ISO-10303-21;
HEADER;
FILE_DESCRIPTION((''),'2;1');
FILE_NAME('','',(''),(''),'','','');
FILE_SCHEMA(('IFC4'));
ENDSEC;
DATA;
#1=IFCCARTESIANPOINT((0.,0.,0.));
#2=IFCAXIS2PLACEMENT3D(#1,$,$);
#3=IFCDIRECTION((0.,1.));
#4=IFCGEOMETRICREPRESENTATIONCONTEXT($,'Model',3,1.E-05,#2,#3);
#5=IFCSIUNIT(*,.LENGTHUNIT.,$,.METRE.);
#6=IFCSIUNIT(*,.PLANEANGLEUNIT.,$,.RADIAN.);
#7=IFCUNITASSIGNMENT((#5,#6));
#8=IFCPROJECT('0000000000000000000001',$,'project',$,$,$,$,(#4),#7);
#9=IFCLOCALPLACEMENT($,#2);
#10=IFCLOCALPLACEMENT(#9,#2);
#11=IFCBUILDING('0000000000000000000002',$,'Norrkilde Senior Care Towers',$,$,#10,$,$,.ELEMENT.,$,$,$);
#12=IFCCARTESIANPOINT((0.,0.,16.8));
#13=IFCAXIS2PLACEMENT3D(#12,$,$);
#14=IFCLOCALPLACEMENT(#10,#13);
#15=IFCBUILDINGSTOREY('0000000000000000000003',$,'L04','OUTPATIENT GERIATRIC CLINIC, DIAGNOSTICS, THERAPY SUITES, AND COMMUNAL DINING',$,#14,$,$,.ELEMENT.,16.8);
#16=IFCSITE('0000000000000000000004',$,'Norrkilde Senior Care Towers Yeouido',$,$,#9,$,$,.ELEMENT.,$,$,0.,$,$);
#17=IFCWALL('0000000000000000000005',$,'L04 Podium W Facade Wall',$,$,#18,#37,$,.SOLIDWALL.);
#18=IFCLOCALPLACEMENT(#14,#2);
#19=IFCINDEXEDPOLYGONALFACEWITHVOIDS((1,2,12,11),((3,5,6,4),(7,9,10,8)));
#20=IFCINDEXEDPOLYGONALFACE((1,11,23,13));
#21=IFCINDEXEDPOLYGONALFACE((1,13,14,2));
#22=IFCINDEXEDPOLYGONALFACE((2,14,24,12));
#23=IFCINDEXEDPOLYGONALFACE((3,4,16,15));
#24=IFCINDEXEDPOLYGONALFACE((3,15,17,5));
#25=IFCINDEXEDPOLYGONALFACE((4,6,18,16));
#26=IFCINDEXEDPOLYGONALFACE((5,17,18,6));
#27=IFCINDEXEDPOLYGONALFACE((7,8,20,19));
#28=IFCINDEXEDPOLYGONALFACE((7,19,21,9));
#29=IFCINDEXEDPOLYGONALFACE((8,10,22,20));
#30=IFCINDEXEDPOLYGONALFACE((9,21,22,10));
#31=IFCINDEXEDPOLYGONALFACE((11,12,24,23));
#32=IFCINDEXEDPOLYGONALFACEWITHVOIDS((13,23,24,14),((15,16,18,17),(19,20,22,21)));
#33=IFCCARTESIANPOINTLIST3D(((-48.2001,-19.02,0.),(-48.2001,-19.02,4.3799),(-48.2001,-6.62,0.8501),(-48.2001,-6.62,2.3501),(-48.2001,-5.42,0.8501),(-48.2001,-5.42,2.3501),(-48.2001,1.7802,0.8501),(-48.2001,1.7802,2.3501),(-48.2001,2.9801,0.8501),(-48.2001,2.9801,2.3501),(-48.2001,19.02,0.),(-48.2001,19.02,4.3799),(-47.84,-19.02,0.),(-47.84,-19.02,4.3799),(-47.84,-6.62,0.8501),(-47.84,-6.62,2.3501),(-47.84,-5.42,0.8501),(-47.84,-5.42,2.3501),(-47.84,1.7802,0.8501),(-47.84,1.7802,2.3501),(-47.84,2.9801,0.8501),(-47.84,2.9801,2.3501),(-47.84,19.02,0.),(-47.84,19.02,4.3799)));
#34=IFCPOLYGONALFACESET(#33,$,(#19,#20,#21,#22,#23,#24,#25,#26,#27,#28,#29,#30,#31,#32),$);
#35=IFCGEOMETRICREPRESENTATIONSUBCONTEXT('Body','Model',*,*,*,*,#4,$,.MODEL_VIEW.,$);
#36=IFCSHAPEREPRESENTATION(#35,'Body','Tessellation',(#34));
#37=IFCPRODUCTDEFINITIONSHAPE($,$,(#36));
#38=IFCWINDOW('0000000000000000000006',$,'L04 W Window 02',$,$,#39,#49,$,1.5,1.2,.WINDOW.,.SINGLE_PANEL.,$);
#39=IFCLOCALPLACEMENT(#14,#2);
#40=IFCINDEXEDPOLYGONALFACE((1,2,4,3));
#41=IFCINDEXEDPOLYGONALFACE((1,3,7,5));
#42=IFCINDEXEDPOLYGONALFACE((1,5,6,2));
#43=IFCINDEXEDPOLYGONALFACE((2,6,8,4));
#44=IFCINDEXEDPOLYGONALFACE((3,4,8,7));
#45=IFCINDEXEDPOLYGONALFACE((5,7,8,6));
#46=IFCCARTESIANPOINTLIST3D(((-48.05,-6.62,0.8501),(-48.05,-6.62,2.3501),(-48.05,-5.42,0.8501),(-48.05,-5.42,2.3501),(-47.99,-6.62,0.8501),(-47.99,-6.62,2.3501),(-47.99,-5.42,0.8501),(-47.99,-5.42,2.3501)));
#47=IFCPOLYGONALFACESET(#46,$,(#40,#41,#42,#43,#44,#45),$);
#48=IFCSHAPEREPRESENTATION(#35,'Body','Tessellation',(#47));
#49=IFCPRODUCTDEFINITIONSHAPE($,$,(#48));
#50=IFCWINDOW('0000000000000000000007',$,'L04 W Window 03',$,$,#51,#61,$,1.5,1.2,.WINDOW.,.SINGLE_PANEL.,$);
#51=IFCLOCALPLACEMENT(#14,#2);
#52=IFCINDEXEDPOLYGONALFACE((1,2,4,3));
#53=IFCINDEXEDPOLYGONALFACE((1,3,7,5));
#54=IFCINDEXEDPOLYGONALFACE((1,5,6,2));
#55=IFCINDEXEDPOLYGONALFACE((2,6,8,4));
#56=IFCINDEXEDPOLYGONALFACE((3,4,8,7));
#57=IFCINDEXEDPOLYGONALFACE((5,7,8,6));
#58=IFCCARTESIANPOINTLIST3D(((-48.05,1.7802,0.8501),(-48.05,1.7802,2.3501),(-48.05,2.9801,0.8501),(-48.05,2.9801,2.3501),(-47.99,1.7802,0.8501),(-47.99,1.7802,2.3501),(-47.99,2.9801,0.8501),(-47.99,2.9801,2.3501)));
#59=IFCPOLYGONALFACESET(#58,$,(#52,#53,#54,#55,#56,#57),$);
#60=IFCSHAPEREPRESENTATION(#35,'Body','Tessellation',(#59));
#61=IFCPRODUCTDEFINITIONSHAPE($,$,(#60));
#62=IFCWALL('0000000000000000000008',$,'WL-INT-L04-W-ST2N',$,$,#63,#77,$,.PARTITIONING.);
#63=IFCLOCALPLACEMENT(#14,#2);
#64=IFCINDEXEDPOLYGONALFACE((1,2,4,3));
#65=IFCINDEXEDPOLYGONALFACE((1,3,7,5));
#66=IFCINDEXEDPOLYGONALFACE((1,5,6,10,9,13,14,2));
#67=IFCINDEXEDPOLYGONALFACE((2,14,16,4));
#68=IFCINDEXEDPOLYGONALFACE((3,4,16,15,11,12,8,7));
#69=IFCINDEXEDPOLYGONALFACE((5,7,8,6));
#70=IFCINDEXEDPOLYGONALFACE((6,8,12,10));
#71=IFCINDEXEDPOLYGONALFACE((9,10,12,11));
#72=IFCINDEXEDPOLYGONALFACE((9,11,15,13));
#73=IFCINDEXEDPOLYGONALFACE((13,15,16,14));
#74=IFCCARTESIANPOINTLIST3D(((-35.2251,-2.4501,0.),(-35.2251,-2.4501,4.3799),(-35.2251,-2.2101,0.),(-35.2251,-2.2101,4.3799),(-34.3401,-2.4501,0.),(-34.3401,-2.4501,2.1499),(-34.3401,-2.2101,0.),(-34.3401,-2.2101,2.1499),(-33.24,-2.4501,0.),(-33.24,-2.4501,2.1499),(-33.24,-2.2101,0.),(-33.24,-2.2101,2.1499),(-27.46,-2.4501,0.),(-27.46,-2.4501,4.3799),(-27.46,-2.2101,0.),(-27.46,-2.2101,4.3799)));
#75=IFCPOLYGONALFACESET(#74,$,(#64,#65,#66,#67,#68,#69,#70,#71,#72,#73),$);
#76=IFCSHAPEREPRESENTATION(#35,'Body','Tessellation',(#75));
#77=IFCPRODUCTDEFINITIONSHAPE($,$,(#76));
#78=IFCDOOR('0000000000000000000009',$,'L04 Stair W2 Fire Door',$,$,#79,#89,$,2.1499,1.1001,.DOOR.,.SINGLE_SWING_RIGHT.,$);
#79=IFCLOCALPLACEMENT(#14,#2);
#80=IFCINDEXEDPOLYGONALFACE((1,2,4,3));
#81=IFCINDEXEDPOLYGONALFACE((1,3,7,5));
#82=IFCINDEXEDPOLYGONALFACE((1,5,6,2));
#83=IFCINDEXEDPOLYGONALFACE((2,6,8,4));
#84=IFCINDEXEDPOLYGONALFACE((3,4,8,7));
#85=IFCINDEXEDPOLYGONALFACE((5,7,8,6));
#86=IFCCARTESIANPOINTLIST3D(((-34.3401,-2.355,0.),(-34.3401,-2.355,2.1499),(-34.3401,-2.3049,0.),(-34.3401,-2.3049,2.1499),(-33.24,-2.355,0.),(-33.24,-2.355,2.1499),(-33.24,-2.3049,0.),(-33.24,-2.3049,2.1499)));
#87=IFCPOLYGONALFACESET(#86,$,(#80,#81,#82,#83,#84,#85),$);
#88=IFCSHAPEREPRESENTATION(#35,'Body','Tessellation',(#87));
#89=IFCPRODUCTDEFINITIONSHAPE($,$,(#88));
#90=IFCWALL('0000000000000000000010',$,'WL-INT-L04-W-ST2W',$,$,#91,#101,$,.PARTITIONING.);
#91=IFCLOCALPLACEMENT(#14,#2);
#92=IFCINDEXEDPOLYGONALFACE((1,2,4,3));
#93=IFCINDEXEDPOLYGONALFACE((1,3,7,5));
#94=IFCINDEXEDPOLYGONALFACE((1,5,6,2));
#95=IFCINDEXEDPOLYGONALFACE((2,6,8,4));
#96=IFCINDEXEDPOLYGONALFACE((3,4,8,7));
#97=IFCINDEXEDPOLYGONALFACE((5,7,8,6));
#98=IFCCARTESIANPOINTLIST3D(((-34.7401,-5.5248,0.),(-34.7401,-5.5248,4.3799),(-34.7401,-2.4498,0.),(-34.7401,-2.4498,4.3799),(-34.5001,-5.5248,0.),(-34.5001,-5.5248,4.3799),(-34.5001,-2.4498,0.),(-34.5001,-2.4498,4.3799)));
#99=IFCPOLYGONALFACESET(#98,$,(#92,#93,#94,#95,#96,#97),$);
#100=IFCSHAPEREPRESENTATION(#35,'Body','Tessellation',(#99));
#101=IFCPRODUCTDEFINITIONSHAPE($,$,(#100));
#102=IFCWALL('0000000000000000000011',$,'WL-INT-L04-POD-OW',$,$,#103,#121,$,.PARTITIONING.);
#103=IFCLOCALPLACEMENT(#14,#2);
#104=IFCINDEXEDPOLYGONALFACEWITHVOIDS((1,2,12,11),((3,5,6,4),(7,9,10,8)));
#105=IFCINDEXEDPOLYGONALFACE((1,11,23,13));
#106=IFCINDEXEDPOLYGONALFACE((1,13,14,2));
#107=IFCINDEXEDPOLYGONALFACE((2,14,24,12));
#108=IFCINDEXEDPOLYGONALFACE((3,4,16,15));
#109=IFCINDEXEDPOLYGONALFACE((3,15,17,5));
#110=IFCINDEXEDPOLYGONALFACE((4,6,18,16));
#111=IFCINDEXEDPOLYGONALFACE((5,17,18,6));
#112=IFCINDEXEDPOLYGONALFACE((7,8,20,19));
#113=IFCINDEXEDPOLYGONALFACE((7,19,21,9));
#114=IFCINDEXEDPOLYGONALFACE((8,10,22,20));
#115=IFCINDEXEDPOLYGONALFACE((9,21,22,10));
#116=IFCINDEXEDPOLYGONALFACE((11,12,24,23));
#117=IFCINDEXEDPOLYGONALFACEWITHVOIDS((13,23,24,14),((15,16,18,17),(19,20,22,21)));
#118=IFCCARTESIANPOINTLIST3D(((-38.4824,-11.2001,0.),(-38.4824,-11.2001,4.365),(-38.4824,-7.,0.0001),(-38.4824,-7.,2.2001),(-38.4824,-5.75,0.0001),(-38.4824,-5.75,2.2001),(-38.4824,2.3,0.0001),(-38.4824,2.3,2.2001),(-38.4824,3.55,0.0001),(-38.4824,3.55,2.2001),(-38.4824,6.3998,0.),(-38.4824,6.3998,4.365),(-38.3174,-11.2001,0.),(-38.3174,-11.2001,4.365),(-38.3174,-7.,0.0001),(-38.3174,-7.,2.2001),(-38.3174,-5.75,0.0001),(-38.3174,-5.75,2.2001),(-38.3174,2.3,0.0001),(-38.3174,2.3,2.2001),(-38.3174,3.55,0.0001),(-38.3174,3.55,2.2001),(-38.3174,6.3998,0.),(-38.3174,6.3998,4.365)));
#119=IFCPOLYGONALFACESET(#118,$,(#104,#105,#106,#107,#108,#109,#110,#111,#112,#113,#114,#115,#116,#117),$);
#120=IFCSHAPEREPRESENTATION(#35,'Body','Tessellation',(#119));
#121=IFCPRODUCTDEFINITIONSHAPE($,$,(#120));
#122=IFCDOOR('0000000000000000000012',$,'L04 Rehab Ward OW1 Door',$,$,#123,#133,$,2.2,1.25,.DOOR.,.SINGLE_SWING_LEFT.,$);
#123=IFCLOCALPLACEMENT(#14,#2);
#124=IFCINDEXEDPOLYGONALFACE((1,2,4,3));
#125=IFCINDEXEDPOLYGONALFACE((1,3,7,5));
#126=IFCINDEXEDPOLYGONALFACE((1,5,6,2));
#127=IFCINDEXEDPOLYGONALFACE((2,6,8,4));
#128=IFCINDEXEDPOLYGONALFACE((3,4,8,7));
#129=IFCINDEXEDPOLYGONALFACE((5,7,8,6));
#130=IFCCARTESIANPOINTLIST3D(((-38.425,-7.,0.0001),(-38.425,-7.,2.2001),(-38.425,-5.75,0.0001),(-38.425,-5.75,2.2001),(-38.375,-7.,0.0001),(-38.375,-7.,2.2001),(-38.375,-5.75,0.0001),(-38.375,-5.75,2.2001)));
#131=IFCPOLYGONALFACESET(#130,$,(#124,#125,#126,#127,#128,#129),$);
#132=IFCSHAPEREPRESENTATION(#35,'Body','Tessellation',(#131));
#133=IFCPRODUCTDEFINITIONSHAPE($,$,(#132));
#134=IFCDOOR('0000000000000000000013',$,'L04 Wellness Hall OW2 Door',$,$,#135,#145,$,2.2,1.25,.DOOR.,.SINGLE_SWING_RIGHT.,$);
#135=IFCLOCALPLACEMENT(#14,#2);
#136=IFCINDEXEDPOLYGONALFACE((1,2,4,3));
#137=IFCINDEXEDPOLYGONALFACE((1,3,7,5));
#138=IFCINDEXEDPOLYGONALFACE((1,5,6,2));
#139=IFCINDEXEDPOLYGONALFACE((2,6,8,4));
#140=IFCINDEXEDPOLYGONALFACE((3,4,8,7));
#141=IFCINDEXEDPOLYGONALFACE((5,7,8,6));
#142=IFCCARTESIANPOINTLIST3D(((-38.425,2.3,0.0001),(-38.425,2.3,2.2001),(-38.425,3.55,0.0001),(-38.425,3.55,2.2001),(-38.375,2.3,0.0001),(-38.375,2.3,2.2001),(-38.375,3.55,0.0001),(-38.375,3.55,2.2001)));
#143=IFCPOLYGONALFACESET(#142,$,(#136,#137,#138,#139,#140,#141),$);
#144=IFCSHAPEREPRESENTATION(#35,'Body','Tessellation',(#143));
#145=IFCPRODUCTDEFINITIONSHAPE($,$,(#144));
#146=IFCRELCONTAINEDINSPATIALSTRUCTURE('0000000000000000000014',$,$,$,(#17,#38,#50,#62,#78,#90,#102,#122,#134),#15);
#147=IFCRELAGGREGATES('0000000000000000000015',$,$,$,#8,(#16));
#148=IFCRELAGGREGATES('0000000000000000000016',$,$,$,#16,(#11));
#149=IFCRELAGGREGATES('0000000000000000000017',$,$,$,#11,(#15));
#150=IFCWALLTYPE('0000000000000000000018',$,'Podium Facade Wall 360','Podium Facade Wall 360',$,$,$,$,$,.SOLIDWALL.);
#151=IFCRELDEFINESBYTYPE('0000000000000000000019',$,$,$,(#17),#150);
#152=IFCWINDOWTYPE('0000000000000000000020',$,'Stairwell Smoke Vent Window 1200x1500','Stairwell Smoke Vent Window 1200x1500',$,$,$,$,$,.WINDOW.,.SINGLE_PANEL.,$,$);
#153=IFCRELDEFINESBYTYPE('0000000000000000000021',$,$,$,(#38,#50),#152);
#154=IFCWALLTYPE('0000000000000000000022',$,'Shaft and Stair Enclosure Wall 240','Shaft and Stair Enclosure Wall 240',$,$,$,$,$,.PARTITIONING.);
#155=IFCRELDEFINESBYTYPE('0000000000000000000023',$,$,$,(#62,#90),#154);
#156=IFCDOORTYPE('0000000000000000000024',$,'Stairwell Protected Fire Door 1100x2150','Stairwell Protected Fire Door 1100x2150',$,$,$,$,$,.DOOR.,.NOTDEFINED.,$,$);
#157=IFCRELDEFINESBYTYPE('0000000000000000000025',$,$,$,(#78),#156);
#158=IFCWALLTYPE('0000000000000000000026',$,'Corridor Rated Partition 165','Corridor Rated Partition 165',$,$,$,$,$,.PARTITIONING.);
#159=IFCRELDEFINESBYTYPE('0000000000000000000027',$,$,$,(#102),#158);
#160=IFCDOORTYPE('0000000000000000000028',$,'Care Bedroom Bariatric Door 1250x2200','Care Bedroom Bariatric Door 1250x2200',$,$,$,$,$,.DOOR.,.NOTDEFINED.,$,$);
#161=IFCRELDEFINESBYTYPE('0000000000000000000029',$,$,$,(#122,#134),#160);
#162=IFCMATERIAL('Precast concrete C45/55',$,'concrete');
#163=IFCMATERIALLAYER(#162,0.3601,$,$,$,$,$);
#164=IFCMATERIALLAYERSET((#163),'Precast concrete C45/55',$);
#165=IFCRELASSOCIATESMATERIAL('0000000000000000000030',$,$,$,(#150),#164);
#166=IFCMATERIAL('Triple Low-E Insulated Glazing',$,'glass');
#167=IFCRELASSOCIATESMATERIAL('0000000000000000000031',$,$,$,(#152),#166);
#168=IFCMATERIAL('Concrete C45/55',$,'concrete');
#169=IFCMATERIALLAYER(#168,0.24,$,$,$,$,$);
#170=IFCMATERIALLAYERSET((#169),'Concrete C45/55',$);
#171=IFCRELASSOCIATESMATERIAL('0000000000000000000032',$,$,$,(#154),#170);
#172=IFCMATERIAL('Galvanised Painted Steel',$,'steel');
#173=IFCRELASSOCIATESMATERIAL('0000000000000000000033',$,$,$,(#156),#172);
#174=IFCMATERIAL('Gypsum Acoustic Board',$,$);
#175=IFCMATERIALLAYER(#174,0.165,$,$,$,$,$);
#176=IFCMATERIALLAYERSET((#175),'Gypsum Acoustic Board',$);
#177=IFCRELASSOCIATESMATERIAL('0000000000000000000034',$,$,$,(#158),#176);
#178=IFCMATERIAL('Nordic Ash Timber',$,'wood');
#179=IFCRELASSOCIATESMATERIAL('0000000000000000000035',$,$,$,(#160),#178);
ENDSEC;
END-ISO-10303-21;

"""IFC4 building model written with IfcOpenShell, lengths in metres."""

from ifc_helpers import new_model, si_unit, direction, frame, frame_2d, origin, place, context, subcontext, project, spatial, rectangle, extrude, source, transform, mapped, material, layer, layer_set, type_object, type_shapes, element, fill, save


model = new_model("IFC4")

# Units and contexts
model_context = context("Model", 3, precision=1e-05, world=origin(), true_north=direction((0.0, 1.0)))
body_context = subcontext(model_context, "Body", "Model", "MODEL_VIEW")
ifc_project = project(units=[si_unit("LENGTHUNIT", "METRE"), si_unit("PLANEANGLEUNIT", "RADIAN")], contexts=[model_context])

# Site, building, storey
site_placement = place(None, origin())
site = spatial("IfcSite", under=ifc_project, at=site_placement, Name="Norrkilde Senior Care Towers Yeouido", CompositionType="ELEMENT", RefElevation=0.0)
building_placement = place(site_placement, origin())
building = spatial("IfcBuilding", under=site, at=building_placement, Name="Norrkilde Senior Care Towers", CompositionType="ELEMENT")
storey_placement = place(building_placement, frame((0.0, 0.0, 16.8)))
storey = spatial("IfcBuildingStorey", under=building, at=storey_placement, Name="L04", Description="OUTPATIENT GERIATRIC CLINIC, DIAGNOSTICS, THERAPY SUITES, AND COMMUNAL DINING", CompositionType="ELEMENT", Elevation=16.8)

# Shared definitions
ifc_material_1 = material(Name="Galvanised Painted Steel", Category="steel")

# Wall, openings, windows
ifc_material_2 = material(Name="Precast concrete C45/55", Category="concrete")
ifc_layer_1 = layer(ifc_material_2, 0.3601)
ifc_layer_set_1 = layer_set([ifc_layer_1], Name="Precast concrete C45/55")
wall_type_1 = type_object("IfcWallType", Name="Podium Facade Wall 360", Description="Podium Facade Wall 360", PredefinedType="SOLIDWALL", material=ifc_layer_set_1)
shared_shape_1 = source(origin(), body_context, "Body", "SweptSolid", [
    extrude(rectangle(XDim=38.04, YDim=0.3601, at=frame_2d((19.02, 0.0))), origin(), (0.0, 0.0, 1.0), 4.3799),
])
type_shapes(wall_type_1, [shared_shape_1])
wall_1_placement = place(storey_placement, frame((-48.02, -19.02, 0.0), z_axis=(0.0, 0.0, 1.0), x_axis=(0.0, 1.0, 0.0)))
wall_1 = element("IfcWall", 1, at=wall_1_placement, inside=storey, type_object=wall_type_1, Name="L04 Podium W Facade Wall", PredefinedType="SOLIDWALL", context=body_context, shape_type="MappedRepresentation", body=[
    mapped(shared_shape_1, transform((0.0, 0.0, 0.0), x_axis=(1.0, 0.0, 0.0), y_axis=(0.0, 1.0, 0.0), z_axis=(0.0, 0.0, 1.0), scale=1.0)),
])
opening_1_placement = place(wall_1_placement, frame((12.3999, 0.0, 0.8501)))
opening_1 = element("IfcOpeningElement", 2, at=opening_1_placement, cuts=wall_1, PredefinedType="OPENING", context=body_context, shape_type="SweptSolid", body=[
    extrude(rectangle(XDim=1.2, YDim=1.5, at=frame_2d((0.6001, 0.75))), frame((0.0, 0.1899, 0.0), z_axis=(0.0, -1.0, 0.0), x_axis=(1.0, 0.0, 0.0)), (0.0, 0.0, 1.0), 0.3801),
])
opening_2_placement = place(wall_1_placement, frame((20.8, 0.0, 0.8501)))
opening_2 = element("IfcOpeningElement", 3, at=opening_2_placement, cuts=wall_1, PredefinedType="OPENING", context=body_context, shape_type="SweptSolid", body=[
    extrude(rectangle(XDim=1.2, YDim=1.5, at=frame_2d((0.6001, 0.75))), frame((0.0, 0.1899, 0.0), z_axis=(0.0, -1.0, 0.0), x_axis=(1.0, 0.0, 0.0)), (0.0, 0.0, 1.0), 0.3801),
])
ifc_material_3 = material(Name="Triple Low-E Insulated Glazing", Category="glass")
window_type = type_object("IfcWindowType", Name="Stairwell Smoke Vent Window 1200x1500", Description="Stairwell Smoke Vent Window 1200x1500", PartitioningType="SINGLE_PANEL", PredefinedType="WINDOW", material=ifc_material_3)
shared_shape_2 = source(origin(), body_context, "Body", "SweptSolid", [
    extrude(rectangle(XDim=1.2, YDim=1.5, at=frame_2d((0.6001, 0.75))), frame((0.0, 0.03, 0.0), z_axis=(0.0, -1.0, 0.0), x_axis=(1.0, 0.0, 0.0)), (0.0, 0.0, 1.0), 0.0601),
])
type_shapes(window_type, [shared_shape_2])
window_1_placement = place(opening_1_placement, origin())
window_1 = element("IfcWindow", 4, at=window_1_placement, inside=storey, type_object=window_type, Name="L04 W Window 02", OverallHeight=1.5, OverallWidth=1.2, PartitioningType="SINGLE_PANEL", PredefinedType="WINDOW", context=body_context, shape_type="MappedRepresentation", body=[
    mapped(shared_shape_2, transform((0.0, 0.0, 0.0), x_axis=(1.0, 0.0, 0.0), y_axis=(0.0, 1.0, 0.0), z_axis=(0.0, 0.0, 1.0), scale=1.0)),
])
fill(opening_1, window_1)
window_2_placement = place(opening_2_placement, origin())
window_2 = element("IfcWindow", 5, at=window_2_placement, inside=storey, type_object=window_type, Name="L04 W Window 03", OverallHeight=1.5, OverallWidth=1.2, PartitioningType="SINGLE_PANEL", PredefinedType="WINDOW", context=body_context, shape_type="MappedRepresentation", body=[
    mapped(shared_shape_2, transform((0.0, 0.0, 0.0), x_axis=(1.0, 0.0, 0.0), y_axis=(0.0, 1.0, 0.0), z_axis=(0.0, 0.0, 1.0), scale=1.0)),
])
fill(opening_2, window_2)

# Wall, opening, door
ifc_material_4 = material(Name="Concrete C45/55", Category="concrete")
ifc_layer_2 = layer(ifc_material_4, 0.24)
ifc_layer_set_2 = layer_set([ifc_layer_2], Name="Concrete C45/55")
wall_type_2 = type_object("IfcWallType", Name="Shaft and Stair Enclosure Wall 240", Description="Shaft and Stair Enclosure Wall 240", PredefinedType="PARTITIONING", material=ifc_layer_set_2)
shared_shape_3 = source(origin(), body_context, "Body", "SweptSolid", [
    extrude(rectangle(XDim=7.7651, YDim=0.24, at=frame_2d((3.8826, 0.0))), origin(), (0.0, 0.0, 1.0), 4.3799),
])
wall_2_placement = place(storey_placement, frame((-35.2251, -2.3301, 0.0), z_axis=(0.0, 0.0, 1.0), x_axis=(1.0, 0.0, 0.0)))
wall_2 = element("IfcWall", 6, at=wall_2_placement, inside=storey, type_object=wall_type_2, Name="WL-INT-L04-W-ST2N", PredefinedType="PARTITIONING", context=body_context, shape_type="MappedRepresentation", body=[
    mapped(shared_shape_3, transform((0.0, 0.0, 0.0), x_axis=(1.0, 0.0, 0.0), y_axis=(0.0, 1.0, 0.0), z_axis=(0.0, 0.0, 1.0), scale=1.0)),
])
opening_3_placement = place(wall_2_placement, frame((0.885, 0.0, 0.0)))
opening_3 = element("IfcOpeningElement", 7, at=opening_3_placement, cuts=wall_2, PredefinedType="OPENING", context=body_context, shape_type="SweptSolid", body=[
    extrude(rectangle(XDim=1.1001, YDim=2.1499, at=frame_2d((0.55, 1.075))), frame((0.0, 0.1299, 0.0), z_axis=(0.0, -1.0, 0.0), x_axis=(1.0, 0.0, 0.0)), (0.0, 0.0, 1.0), 0.26),
])
door_type_1 = type_object("IfcDoorType", Name="Stairwell Protected Fire Door 1100x2150", Description="Stairwell Protected Fire Door 1100x2150", OperationType="NOTDEFINED", PredefinedType="DOOR", material=ifc_material_1)
shared_shape_4 = source(origin(), body_context, "Body", "SweptSolid", [
    extrude(rectangle(XDim=1.1001, YDim=2.1499, at=frame_2d((0.55, 1.075))), frame((0.0, 0.0249, 0.0), z_axis=(0.0, -1.0, 0.0), x_axis=(1.0, 0.0, 0.0)), (0.0, 0.0, 1.0), 0.05),
])
type_shapes(door_type_1, [shared_shape_4])
door_1_placement = place(opening_3_placement, frame((1.1001, 0.0, 0.0), z_axis=(0.0, 0.0, 1.0), x_axis=(-1.0, 0.0, 0.0)))
door_1 = element("IfcDoor", 8, at=door_1_placement, inside=storey, type_object=door_type_1, Name="L04 Stair W2 Fire Door", OperationType="SINGLE_SWING_RIGHT", OverallHeight=2.1499, OverallWidth=1.1001, PredefinedType="DOOR", context=body_context, shape_type="MappedRepresentation", body=[
    mapped(shared_shape_4, transform((0.0, 0.0, 0.0), x_axis=(1.0, 0.0, 0.0), y_axis=(0.0, 1.0, 0.0), z_axis=(0.0, 0.0, 1.0), scale=1.0)),
])
fill(opening_3, door_1)

# Wall
shared_shape_5 = source(origin(), body_context, "Body", "SweptSolid", [
    extrude(rectangle(XDim=3.075, YDim=0.24, at=frame_2d((1.5376, 0.0))), origin(), (0.0, 0.0, 1.0), 4.3799),
])
type_shapes(wall_type_2, [shared_shape_3, shared_shape_5])
wall_3_placement = place(storey_placement, frame((-34.6201, -5.5249, 0.0), z_axis=(0.0, 0.0, 1.0), x_axis=(0.0, 1.0, 0.0)))
element("IfcWall", 9, at=wall_3_placement, inside=storey, type_object=wall_type_2, Name="WL-INT-L04-W-ST2W", PredefinedType="PARTITIONING", context=body_context, shape_type="MappedRepresentation", body=[
    mapped(shared_shape_5, transform((0.0, 0.0, 0.0), x_axis=(1.0, 0.0, 0.0), y_axis=(0.0, 1.0, 0.0), z_axis=(0.0, 0.0, 1.0), scale=1.0)),
])

# Wall, openings, doors
ifc_material_5 = material(Name="Gypsum Acoustic Board")
ifc_layer_3 = layer(ifc_material_5, 0.165)
ifc_layer_set_3 = layer_set([ifc_layer_3], Name="Gypsum Acoustic Board")
wall_type_3 = type_object("IfcWallType", Name="Corridor Rated Partition 165", Description="Corridor Rated Partition 165", PredefinedType="PARTITIONING", material=ifc_layer_set_3)
shared_shape_6 = source(origin(), body_context, "Body", "SweptSolid", [
    extrude(rectangle(XDim=17.5999, YDim=0.165, at=frame_2d((8.7998, 0.0))), origin(), (0.0, 0.0, 1.0), 4.365),
])
wall_4_placement = place(storey_placement, frame((-38.3999, -11.2, 0.0), z_axis=(0.0, 0.0, 1.0), x_axis=(0.0, 1.0, 0.0)))
wall_4 = element("IfcWall", 10, at=wall_4_placement, inside=storey, type_object=wall_type_3, Name="WL-INT-L04-POD-OW", PredefinedType="PARTITIONING", context=body_context, shape_type="MappedRepresentation", body=[
    mapped(shared_shape_6, transform((0.0, 0.0, 0.0), x_axis=(1.0, 0.0, 0.0), y_axis=(0.0, 1.0, 0.0), z_axis=(0.0, 0.0, 1.0), scale=1.0)),
])
opening_4_placement = place(wall_4_placement, frame((4.2, 0.0, 0.0)))
opening_4 = element("IfcOpeningElement", 11, at=opening_4_placement, cuts=wall_4, PredefinedType="OPENING", context=body_context, shape_type="SweptSolid", body=[
    extrude(rectangle(XDim=1.25, YDim=2.2, at=frame_2d((0.625, 1.1001))), frame((0.0, 0.0925, 0.0), z_axis=(0.0, -1.0, 0.0), x_axis=(1.0, 0.0, 0.0)), (0.0, 0.0, 1.0), 0.1851),
])
opening_5_placement = place(wall_4_placement, frame((13.5, 0.0, 0.0)))
opening_5 = element("IfcOpeningElement", 12, at=opening_5_placement, cuts=wall_4, PredefinedType="OPENING", context=body_context, shape_type="SweptSolid", body=[
    extrude(rectangle(XDim=1.25, YDim=2.2, at=frame_2d((0.625, 1.1001))), frame((0.0, 0.0925, 0.0), z_axis=(0.0, -1.0, 0.0), x_axis=(1.0, 0.0, 0.0)), (0.0, 0.0, 1.0), 0.1851),
])
ifc_material_6 = material(Name="Nordic Ash Timber", Category="wood")
door_type_2 = type_object("IfcDoorType", Name="Care Bedroom Bariatric Door 1250x2200", Description="Care Bedroom Bariatric Door 1250x2200", OperationType="NOTDEFINED", PredefinedType="DOOR", material=ifc_material_6)
shared_shape_7 = source(origin(), body_context, "Body", "SweptSolid", [
    extrude(rectangle(XDim=1.25, YDim=2.2, at=frame_2d((0.625, 1.1001))), frame((0.0, 0.0249, 0.0), z_axis=(0.0, -1.0, 0.0), x_axis=(1.0, 0.0, 0.0)), (0.0, 0.0, 1.0), 0.05),
])
type_shapes(door_type_2, [shared_shape_7])
door_2_placement = place(opening_4_placement, frame((1.25, 0.0, 0.0), z_axis=(0.0, 0.0, 1.0), x_axis=(-1.0, 0.0, 0.0)))
door_2 = element("IfcDoor", 13, at=door_2_placement, inside=storey, type_object=door_type_2, Name="L04 Rehab Ward OW1 Door", OperationType="SINGLE_SWING_LEFT", OverallHeight=2.2, OverallWidth=1.25, PredefinedType="DOOR", context=body_context, shape_type="MappedRepresentation", body=[
    mapped(shared_shape_7, transform((0.0, 0.0, 0.0), x_axis=(1.0, 0.0, 0.0), y_axis=(0.0, 1.0, 0.0), z_axis=(0.0, 0.0, 1.0), scale=1.0)),
])
fill(opening_4, door_2)
door_3_placement = place(opening_5_placement, frame((1.25, 0.0, 0.0), z_axis=(0.0, 0.0, 1.0), x_axis=(-1.0, 0.0, 0.0)))
door_3 = element("IfcDoor", 14, at=door_3_placement, inside=storey, type_object=door_type_2, Name="L04 Wellness Hall OW2 Door", OperationType="SINGLE_SWING_RIGHT", OverallHeight=2.2, OverallWidth=1.25, PredefinedType="DOOR", context=body_context, shape_type="MappedRepresentation", body=[
    mapped(shared_shape_7, transform((0.0, 0.0, 0.0), x_axis=(1.0, 0.0, 0.0), y_axis=(0.0, 1.0, 0.0), z_axis=(0.0, 0.0, 1.0), scale=1.0)),
])
fill(opening_5, door_3)

save(model, "model.ifc")
